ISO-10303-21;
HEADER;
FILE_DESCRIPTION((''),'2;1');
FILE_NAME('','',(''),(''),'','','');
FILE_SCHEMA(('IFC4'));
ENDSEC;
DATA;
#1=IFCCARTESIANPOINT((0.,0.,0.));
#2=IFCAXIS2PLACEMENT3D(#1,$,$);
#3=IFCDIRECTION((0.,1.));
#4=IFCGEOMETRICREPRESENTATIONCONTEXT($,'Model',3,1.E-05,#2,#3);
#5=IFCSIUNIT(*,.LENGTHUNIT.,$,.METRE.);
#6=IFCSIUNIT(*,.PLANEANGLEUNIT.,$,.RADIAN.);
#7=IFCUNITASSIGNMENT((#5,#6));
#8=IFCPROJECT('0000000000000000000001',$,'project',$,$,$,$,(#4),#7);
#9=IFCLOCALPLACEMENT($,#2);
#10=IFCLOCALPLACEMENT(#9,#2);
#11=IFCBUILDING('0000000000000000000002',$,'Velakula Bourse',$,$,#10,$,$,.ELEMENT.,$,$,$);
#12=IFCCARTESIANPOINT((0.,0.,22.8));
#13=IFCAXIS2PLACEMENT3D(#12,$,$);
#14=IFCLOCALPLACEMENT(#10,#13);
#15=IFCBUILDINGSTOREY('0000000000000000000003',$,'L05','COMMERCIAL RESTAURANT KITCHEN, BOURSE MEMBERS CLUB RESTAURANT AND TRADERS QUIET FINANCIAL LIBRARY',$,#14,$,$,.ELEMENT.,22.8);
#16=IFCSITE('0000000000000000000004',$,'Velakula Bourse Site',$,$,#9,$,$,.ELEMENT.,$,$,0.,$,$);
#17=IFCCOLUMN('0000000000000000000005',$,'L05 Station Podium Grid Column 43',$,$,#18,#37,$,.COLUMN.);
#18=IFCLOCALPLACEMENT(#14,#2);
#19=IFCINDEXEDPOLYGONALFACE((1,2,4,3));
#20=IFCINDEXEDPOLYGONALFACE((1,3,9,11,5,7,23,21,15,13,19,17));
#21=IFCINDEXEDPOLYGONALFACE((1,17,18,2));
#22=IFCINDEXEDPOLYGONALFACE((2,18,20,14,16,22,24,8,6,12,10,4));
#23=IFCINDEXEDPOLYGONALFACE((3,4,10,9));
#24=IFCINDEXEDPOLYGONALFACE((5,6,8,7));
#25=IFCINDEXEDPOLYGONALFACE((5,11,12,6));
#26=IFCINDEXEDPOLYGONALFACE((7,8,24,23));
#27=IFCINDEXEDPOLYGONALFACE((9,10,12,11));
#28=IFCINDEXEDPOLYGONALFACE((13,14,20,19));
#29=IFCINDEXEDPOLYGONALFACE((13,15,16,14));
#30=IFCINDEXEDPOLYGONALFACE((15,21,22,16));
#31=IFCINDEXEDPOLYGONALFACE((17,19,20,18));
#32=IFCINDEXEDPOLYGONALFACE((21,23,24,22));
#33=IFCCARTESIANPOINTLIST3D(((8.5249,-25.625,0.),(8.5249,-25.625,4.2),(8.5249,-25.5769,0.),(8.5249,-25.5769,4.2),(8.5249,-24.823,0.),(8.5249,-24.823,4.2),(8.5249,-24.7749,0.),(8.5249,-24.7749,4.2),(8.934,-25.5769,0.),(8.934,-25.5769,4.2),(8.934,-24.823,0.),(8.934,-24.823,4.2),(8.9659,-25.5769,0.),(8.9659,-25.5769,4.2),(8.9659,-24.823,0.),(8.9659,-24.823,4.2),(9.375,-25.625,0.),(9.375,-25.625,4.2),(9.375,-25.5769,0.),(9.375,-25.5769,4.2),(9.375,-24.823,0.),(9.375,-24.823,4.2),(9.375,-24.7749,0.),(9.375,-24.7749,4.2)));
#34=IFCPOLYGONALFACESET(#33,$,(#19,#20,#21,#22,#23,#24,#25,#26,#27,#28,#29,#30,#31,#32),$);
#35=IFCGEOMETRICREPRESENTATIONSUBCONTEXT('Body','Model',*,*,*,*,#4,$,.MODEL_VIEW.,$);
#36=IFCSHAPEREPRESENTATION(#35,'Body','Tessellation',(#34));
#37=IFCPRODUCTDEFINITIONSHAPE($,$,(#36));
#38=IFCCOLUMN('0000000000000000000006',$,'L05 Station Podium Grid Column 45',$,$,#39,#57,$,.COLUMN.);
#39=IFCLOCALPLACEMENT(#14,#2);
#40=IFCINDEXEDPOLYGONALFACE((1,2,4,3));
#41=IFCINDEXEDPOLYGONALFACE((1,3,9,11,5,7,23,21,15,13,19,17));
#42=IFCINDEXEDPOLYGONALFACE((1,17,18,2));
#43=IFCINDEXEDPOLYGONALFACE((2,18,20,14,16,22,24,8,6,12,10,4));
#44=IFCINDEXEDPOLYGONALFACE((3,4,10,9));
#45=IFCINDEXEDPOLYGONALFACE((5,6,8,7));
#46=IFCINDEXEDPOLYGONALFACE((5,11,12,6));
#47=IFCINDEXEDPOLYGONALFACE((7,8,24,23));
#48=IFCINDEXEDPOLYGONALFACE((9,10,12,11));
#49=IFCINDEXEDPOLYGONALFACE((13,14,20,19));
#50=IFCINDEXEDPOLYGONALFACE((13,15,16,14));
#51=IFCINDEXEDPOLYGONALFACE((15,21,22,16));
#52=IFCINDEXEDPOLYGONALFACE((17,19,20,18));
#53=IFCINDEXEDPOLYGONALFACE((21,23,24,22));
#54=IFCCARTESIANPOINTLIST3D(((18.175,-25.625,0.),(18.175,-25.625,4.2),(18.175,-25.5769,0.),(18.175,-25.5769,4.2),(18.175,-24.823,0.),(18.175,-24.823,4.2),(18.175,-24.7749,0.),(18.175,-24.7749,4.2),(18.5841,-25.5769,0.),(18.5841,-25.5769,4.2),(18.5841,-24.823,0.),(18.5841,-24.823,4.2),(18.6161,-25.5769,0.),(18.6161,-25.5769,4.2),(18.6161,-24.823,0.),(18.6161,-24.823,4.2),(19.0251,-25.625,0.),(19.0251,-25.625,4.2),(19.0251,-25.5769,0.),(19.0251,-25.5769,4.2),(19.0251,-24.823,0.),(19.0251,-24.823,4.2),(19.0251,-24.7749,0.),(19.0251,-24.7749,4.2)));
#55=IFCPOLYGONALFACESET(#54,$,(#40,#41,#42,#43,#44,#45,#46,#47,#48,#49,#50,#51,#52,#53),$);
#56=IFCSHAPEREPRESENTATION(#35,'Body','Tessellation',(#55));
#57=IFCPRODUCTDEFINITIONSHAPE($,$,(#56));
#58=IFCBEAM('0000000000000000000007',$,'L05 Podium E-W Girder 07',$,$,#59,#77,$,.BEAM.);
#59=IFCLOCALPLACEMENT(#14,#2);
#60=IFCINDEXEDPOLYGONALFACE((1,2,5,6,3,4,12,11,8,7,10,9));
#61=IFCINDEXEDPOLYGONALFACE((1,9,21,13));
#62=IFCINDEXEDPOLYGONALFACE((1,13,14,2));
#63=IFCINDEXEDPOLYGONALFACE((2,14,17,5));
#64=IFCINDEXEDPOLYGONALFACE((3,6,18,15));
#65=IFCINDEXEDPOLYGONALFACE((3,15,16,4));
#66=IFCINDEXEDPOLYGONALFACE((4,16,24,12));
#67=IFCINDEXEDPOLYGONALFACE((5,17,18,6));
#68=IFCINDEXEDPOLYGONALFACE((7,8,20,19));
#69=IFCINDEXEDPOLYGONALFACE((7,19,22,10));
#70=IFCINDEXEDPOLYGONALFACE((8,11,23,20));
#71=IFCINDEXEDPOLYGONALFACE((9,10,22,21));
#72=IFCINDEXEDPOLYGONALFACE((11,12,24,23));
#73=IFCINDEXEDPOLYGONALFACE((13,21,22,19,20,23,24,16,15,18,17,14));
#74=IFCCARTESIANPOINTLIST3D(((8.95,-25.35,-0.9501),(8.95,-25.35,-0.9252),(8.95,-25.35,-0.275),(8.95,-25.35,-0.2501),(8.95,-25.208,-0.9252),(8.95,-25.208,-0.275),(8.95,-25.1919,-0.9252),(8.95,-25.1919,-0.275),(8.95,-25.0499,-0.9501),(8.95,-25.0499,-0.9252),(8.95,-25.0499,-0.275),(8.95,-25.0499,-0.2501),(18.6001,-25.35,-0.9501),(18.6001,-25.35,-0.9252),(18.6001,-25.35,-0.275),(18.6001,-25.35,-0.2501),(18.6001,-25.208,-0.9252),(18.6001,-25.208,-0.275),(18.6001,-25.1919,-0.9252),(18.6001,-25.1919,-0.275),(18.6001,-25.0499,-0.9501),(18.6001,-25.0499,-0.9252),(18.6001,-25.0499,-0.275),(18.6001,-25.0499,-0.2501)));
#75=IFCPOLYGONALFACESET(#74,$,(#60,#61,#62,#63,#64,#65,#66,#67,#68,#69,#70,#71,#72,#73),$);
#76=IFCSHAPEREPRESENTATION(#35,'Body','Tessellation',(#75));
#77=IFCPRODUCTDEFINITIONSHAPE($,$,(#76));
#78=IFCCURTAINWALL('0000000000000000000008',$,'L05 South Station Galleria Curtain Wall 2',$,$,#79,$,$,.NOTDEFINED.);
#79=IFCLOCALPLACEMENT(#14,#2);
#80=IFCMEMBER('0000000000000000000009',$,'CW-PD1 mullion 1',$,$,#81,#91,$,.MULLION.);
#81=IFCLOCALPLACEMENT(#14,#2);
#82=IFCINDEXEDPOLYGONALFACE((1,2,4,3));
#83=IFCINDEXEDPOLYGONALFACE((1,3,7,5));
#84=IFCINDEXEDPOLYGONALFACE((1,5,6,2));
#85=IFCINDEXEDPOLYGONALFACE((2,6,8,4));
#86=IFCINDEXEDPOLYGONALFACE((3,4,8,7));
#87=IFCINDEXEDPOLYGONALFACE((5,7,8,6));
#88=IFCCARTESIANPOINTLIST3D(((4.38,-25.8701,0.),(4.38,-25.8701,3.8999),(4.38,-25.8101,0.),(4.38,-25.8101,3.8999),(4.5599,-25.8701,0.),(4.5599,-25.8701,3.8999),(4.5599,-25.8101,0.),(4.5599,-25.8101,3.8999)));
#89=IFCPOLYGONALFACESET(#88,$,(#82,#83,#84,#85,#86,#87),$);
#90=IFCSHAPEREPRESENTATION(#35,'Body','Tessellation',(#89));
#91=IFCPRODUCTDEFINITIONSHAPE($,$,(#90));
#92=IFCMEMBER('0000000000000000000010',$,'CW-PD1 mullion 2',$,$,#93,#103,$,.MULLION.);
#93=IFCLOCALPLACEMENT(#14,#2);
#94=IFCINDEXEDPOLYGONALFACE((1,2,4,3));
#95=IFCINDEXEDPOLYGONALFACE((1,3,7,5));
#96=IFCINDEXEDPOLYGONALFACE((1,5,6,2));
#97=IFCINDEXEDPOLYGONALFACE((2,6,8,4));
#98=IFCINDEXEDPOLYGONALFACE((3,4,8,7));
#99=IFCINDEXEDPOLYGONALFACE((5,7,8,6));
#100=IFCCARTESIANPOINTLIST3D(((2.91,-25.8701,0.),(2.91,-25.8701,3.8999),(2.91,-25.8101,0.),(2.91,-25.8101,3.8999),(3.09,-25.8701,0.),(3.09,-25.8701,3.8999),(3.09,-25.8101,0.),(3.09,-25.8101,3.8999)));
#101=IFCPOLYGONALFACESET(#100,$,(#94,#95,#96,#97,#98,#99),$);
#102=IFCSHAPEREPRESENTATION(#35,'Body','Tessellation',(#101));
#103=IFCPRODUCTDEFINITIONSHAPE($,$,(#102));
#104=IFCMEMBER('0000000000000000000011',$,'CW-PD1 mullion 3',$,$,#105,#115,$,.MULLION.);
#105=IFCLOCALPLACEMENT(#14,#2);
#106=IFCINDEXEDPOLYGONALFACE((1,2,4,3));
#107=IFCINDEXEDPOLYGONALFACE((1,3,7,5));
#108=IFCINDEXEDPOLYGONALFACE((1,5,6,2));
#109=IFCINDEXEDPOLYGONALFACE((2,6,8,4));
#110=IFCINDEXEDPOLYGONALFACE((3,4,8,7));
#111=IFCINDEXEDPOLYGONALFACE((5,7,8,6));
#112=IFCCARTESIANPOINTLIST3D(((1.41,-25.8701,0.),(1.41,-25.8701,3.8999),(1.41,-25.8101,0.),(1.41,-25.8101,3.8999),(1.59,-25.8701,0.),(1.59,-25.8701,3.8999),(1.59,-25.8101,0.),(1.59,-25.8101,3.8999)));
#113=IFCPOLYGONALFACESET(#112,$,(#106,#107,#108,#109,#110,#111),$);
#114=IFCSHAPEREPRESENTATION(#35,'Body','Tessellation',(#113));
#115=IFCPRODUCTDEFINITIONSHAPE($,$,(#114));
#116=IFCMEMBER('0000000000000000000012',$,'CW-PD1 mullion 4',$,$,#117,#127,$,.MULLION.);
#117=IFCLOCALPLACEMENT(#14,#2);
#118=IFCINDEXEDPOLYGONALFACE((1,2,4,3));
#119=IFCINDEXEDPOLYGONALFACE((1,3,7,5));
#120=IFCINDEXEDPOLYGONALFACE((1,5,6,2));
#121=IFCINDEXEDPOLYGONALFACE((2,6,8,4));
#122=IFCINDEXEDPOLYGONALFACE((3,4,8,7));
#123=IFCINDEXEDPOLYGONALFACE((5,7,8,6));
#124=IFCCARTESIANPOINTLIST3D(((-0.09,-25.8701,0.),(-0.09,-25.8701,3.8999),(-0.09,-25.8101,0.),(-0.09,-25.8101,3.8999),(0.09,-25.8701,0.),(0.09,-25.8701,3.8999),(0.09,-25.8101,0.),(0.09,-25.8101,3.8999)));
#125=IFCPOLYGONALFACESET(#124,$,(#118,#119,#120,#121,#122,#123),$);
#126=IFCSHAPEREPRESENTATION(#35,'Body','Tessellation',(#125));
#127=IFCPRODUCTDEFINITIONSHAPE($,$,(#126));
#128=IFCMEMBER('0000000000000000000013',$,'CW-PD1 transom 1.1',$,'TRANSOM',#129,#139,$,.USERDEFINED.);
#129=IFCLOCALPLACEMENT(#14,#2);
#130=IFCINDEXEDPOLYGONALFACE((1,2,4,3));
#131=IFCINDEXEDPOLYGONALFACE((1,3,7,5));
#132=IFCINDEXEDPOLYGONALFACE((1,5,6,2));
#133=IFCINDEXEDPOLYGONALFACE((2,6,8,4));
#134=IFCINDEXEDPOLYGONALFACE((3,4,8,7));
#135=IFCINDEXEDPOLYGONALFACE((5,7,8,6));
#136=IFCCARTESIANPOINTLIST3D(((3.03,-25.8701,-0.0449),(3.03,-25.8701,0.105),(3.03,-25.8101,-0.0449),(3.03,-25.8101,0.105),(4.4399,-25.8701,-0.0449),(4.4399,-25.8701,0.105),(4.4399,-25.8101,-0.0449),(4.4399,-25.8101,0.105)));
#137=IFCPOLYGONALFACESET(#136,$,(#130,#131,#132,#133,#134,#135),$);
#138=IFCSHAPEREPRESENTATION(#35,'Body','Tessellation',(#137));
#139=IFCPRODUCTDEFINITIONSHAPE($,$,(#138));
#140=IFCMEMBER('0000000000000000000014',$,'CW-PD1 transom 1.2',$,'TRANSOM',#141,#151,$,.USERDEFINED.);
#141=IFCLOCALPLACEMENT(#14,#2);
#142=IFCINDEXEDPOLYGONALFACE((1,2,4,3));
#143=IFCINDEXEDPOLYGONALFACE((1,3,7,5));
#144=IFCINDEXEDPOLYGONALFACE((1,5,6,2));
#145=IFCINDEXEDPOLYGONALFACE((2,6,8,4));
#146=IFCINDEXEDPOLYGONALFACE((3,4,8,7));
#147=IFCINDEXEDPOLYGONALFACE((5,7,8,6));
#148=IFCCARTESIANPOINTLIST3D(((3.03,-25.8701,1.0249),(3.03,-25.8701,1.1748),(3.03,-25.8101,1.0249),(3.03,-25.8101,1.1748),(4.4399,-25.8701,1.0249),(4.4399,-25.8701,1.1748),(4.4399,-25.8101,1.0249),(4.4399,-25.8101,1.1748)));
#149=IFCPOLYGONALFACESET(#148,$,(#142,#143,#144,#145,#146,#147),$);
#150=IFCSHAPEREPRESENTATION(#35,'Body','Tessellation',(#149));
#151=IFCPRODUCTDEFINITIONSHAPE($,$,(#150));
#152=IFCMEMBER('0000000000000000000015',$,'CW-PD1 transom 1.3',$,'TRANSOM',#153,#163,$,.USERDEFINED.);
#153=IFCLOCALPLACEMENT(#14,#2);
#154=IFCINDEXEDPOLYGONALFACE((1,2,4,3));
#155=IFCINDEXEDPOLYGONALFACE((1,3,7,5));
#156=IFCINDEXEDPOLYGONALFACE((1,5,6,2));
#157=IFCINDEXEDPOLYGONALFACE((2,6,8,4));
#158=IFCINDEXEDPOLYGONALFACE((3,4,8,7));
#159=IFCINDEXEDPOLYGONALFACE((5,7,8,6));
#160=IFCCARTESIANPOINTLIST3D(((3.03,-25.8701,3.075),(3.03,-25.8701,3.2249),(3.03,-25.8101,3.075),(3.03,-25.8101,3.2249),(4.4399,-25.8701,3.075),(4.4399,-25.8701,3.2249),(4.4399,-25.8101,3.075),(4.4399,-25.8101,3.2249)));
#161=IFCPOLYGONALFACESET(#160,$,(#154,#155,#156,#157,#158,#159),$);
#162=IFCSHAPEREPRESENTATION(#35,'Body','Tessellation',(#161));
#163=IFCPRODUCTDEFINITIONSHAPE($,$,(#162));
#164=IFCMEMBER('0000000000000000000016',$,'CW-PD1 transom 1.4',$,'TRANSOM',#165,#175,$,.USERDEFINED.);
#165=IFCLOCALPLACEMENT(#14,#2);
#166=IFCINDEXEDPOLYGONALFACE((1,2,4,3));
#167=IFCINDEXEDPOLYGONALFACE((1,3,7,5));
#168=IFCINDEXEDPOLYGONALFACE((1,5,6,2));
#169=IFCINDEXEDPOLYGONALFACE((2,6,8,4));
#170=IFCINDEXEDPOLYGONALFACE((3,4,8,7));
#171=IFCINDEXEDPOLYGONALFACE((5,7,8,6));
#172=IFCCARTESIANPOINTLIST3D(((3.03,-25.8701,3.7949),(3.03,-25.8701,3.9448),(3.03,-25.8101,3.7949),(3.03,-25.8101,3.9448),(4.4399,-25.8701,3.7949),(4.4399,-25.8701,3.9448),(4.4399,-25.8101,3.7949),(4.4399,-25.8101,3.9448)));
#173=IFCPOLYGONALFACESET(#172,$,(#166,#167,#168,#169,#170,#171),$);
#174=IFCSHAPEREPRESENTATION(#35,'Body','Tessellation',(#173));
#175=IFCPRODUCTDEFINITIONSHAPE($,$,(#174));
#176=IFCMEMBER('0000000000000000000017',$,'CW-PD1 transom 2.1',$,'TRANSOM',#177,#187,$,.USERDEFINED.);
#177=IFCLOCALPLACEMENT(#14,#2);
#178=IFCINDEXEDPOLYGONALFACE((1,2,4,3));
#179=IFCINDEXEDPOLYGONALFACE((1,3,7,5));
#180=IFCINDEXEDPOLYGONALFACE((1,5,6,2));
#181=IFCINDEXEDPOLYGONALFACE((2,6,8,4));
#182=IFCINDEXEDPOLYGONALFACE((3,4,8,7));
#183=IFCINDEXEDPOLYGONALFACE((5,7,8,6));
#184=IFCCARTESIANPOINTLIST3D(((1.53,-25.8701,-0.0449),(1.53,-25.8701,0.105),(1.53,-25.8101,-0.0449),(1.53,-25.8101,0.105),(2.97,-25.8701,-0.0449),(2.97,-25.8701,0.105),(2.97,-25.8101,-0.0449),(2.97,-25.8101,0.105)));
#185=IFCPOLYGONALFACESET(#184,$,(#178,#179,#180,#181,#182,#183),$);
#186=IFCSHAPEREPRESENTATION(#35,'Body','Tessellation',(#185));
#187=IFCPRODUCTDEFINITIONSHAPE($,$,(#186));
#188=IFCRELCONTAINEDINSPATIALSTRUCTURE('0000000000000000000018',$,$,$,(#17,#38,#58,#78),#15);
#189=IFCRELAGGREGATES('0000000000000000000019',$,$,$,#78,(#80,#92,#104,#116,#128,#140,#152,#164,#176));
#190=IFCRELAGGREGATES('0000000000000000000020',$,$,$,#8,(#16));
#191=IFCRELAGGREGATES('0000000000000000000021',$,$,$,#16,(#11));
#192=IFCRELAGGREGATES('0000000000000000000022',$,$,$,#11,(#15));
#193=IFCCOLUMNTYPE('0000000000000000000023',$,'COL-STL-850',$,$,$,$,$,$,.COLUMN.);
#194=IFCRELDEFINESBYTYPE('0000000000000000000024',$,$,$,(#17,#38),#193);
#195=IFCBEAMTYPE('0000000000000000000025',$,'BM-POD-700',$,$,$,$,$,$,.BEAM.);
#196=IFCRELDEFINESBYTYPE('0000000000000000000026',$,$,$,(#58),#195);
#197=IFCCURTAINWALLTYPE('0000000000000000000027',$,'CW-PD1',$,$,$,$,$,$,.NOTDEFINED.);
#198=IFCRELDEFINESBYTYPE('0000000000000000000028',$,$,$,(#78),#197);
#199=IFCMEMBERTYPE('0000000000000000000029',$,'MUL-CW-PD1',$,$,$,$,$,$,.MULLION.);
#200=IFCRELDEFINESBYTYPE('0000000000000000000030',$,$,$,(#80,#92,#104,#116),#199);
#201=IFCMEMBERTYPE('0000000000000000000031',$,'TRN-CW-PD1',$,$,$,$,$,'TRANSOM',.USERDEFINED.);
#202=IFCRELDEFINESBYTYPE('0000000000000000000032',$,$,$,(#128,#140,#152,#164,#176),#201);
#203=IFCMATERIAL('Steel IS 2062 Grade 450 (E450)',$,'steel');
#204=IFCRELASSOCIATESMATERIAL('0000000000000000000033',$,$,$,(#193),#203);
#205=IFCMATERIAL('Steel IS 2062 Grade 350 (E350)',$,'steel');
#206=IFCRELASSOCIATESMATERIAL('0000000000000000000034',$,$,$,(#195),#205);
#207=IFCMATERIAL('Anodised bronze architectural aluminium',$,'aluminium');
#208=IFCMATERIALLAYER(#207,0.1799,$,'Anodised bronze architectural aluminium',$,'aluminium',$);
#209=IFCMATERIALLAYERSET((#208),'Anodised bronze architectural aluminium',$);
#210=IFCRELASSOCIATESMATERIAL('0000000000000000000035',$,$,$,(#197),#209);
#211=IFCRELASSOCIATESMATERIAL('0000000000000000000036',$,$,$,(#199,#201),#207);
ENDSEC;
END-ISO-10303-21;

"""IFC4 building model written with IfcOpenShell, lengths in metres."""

from ifc_helpers import new_model, si_unit, direction, frame, origin, origin_2d, place, context, subcontext, project, spatial, rectangle, i_section, extrude, material, layer, layer_set, material_profile, profile_set, type_object, element, aggregate, save


model = new_model("IFC4")

# Units and contexts
model_context = context("Model", 3, precision=1e-05, world=origin(), true_north=direction((0.0, 1.0)))
body_context = subcontext(model_context, "Body", "Model", "MODEL_VIEW")
ifc_project = project(units=[si_unit("LENGTHUNIT", "METRE"), si_unit("PLANEANGLEUNIT", "RADIAN")], contexts=[model_context])

# Site, building, storey
site_placement = place(None, origin())
site = spatial("IfcSite", under=ifc_project, at=site_placement, Name="Velakula Bourse Site", CompositionType="ELEMENT", RefElevation=0.0)
building_placement = place(site_placement, origin())
building = spatial("IfcBuilding", under=site, at=building_placement, Name="Velakula Bourse", CompositionType="ELEMENT")
storey_placement = place(building_placement, frame((0.0, 0.0, 22.8)))
storey = spatial("IfcBuildingStorey", under=building, at=storey_placement, Name="L05", Description="COMMERCIAL RESTAURANT KITCHEN, BOURSE MEMBERS CLUB RESTAURANT AND TRADERS QUIET FINANCIAL LIBRARY", CompositionType="ELEMENT", Elevation=22.8)

# Columns
ifc_material_1 = material(Name="Steel IS 2062 Grade 450 (E450)", Category="steel")
ifc_material_profile_1 = material_profile(ifc_material_1, i_section(OverallWidth=0.8501, OverallDepth=0.8501, WebThickness=0.032, FlangeThickness=0.0481, at=origin_2d()), Name="Steel IS 2062 Grade 450 (E450)")
ifc_profile_set_1 = profile_set([ifc_material_profile_1], Name="Steel IS 2062 Grade 450 (E450)")
column_type = type_object("IfcColumnType", Name="COL-STL-850", PredefinedType="COLUMN", material=ifc_profile_set_1)
for number, where, z_axis, x_axis, name in (
    (1, (8.95, -25.2, 0.0), (0.0, 0.0, 1.0), (1.0, 0.0, 0.0), "L05 Station Podium Grid Column 43"),
    (2, (18.6001, -25.2, 0.0), (0.0, 0.0, 1.0), (1.0, 0.0, 0.0), "L05 Station Podium Grid Column 45"),
):
    element("IfcColumn", number, at=place(storey_placement, frame(where, z_axis=z_axis, x_axis=x_axis)), inside=storey, type_object=column_type, Name=name, PredefinedType="COLUMN", context=body_context, shape_type="SweptSolid", body=[
        extrude(i_section(OverallWidth=0.8501, OverallDepth=0.8501, WebThickness=0.032, FlangeThickness=0.0481, at=origin_2d()), origin(), (0.0, 0.0, 1.0), 4.2),
    ])

# Beam
ifc_material_2 = material(Name="Steel IS 2062 Grade 350 (E350)", Category="steel")
ifc_material_profile_2 = material_profile(ifc_material_2, i_section(OverallWidth=0.3, OverallDepth=0.7, WebThickness=0.0161, FlangeThickness=0.0249, at=origin_2d()), Name="Steel IS 2062 Grade 350 (E350)")
ifc_profile_set_2 = profile_set([ifc_material_profile_2], Name="Steel IS 2062 Grade 350 (E350)")
beam_type = type_object("IfcBeamType", Name="BM-POD-700", PredefinedType="BEAM", material=ifc_profile_set_2)
beam_placement = place(storey_placement, frame((8.95, -25.2, -0.6001), z_axis=(1.0, 0.0, 0.0), x_axis=(0.0, 1.0, 0.0)))
element("IfcBeam", 3, at=beam_placement, inside=storey, type_object=beam_type, Name="L05 Podium E-W Girder 07", PredefinedType="BEAM", context=body_context, shape_type="SweptSolid", body=[
    extrude(i_section(OverallWidth=0.3, OverallDepth=0.7, WebThickness=0.0161, FlangeThickness=0.0249, at=origin_2d()), origin(), (0.0, 0.0, 1.0), 9.6501),
])

# Curtain wall, members
ifc_material_3 = material(Name="Anodised bronze architectural aluminium", Category="aluminium")
ifc_layer_1 = layer(ifc_material_3, 0.1799, Name="Anodised bronze architectural aluminium", Category="aluminium")
ifc_layer_set_1 = layer_set([ifc_layer_1], Name="Anodised bronze architectural aluminium")
curtain_wall_type = type_object("IfcCurtainWallType", Name="CW-PD1", PredefinedType="NOTDEFINED", material=ifc_layer_set_1)
curtain_wall_placement = place(storey_placement, origin())
curtain_wall = element("IfcCurtainWall", 4, at=curtain_wall_placement, inside=storey, type_object=curtain_wall_type, Name="L05 South Station Galleria Curtain Wall 2", PredefinedType="NOTDEFINED")
ifc_material_profile_3 = material_profile(ifc_material_3, rectangle(XDim=0.0601, YDim=0.1799, at=origin_2d()), Name="Anodised bronze architectural aluminium")
ifc_profile_set_3 = profile_set([ifc_material_profile_3], Name="Anodised bronze architectural aluminium")
member_type_1 = type_object("IfcMemberType", Name="MUL-CW-PD1", PredefinedType="MULLION", material=ifc_profile_set_3)
member_1_placement = place(storey_placement, frame((4.47, -25.8401, 0.0), z_axis=(0.0, 0.0, 1.0), x_axis=(0.0, -1.0, 0.0)))
member_1 = element("IfcMember", 5, at=member_1_placement, type_object=member_type_1, Name="CW-PD1 mullion 1", PredefinedType="MULLION", context=body_context, shape_type="SweptSolid", body=[
    extrude(rectangle(XDim=0.0601, YDim=0.1799, at=origin_2d()), origin(), (0.0, 0.0, 1.0), 3.8999),
])
member_2_placement = place(storey_placement, frame((3.0, -25.8401, 0.0), z_axis=(0.0, 0.0, 1.0), x_axis=(0.0, -1.0, 0.0)))
member_2 = element("IfcMember", 6, at=member_2_placement, type_object=member_type_1, Name="CW-PD1 mullion 2", PredefinedType="MULLION", context=body_context, shape_type="SweptSolid", body=[
    extrude(rectangle(XDim=0.0601, YDim=0.1799, at=origin_2d()), origin(), (0.0, 0.0, 1.0), 3.8999),
])
member_3_placement = place(storey_placement, frame((1.5, -25.8401, 0.0), z_axis=(0.0, 0.0, 1.0), x_axis=(0.0, -1.0, 0.0)))
member_3 = element("IfcMember", 7, at=member_3_placement, type_object=member_type_1, Name="CW-PD1 mullion 3", PredefinedType="MULLION", context=body_context, shape_type="SweptSolid", body=[
    extrude(rectangle(XDim=0.0601, YDim=0.1799, at=origin_2d()), origin(), (0.0, 0.0, 1.0), 3.8999),
])
member_4_placement = place(storey_placement, frame((0.0, -25.8401, 0.0), z_axis=(0.0, 0.0, 1.0), x_axis=(0.0, -1.0, 0.0)))
member_4 = element("IfcMember", 8, at=member_4_placement, type_object=member_type_1, Name="CW-PD1 mullion 4", PredefinedType="MULLION", context=body_context, shape_type="SweptSolid", body=[
    extrude(rectangle(XDim=0.0601, YDim=0.1799, at=origin_2d()), origin(), (0.0, 0.0, 1.0), 3.8999),
])
ifc_material_profile_4 = material_profile(ifc_material_3, rectangle(XDim=0.0601, YDim=0.1499, at=origin_2d()), Name="Anodised bronze architectural aluminium")
ifc_profile_set_4 = profile_set([ifc_material_profile_4], Name="Anodised bronze architectural aluminium")
member_type_2 = type_object("IfcMemberType", Name="TRN-CW-PD1", ElementType="TRANSOM", PredefinedType="USERDEFINED", material=ifc_profile_set_4)
member_5_placement = place(storey_placement, frame((4.4399, -25.8401, 0.03), z_axis=(-1.0, 0.0, 0.0), x_axis=(0.0, -1.0, 0.0)))
member_5 = element("IfcMember", 9, at=member_5_placement, type_object=member_type_2, Name="CW-PD1 transom 1.1", ObjectType="TRANSOM", PredefinedType="USERDEFINED", context=body_context, shape_type="SweptSolid", body=[
    extrude(rectangle(XDim=0.0601, YDim=0.1499, at=origin_2d()), origin(), (0.0, 0.0, 1.0), 1.4099),
])
member_6_placement = place(storey_placement, frame((4.4399, -25.8401, 1.0999), z_axis=(-1.0, 0.0, 0.0), x_axis=(0.0, -1.0, 0.0)))
member_6 = element("IfcMember", 10, at=member_6_placement, type_object=member_type_2, Name="CW-PD1 transom 1.2", ObjectType="TRANSOM", PredefinedType="USERDEFINED", context=body_context, shape_type="SweptSolid", body=[
    extrude(rectangle(XDim=0.0601, YDim=0.1499, at=origin_2d()), origin(), (0.0, 0.0, 1.0), 1.4099),
])
member_7_placement = place(storey_placement, frame((4.4399, -25.8401, 3.1499), z_axis=(-1.0, 0.0, 0.0), x_axis=(0.0, -1.0, 0.0)))
member_7 = element("IfcMember", 11, at=member_7_placement, type_object=member_type_2, Name="CW-PD1 transom 1.3", ObjectType="TRANSOM", PredefinedType="USERDEFINED", context=body_context, shape_type="SweptSolid", body=[
    extrude(rectangle(XDim=0.0601, YDim=0.1499, at=origin_2d()), origin(), (0.0, 0.0, 1.0), 1.4099),
])
member_8_placement = place(storey_placement, frame((4.4399, -25.8401, 3.8699), z_axis=(-1.0, 0.0, 0.0), x_axis=(0.0, -1.0, 0.0)))
member_8 = element("IfcMember", 12, at=member_8_placement, type_object=member_type_2, Name="CW-PD1 transom 1.4", ObjectType="TRANSOM", PredefinedType="USERDEFINED", context=body_context, shape_type="SweptSolid", body=[
    extrude(rectangle(XDim=0.0601, YDim=0.1499, at=origin_2d()), origin(), (0.0, 0.0, 1.0), 1.4099),
])
member_9_placement = place(storey_placement, frame((2.97, -25.8401, 0.03), z_axis=(-1.0, 0.0, 0.0), x_axis=(0.0, -1.0, 0.0)))
member_9 = element("IfcMember", 13, at=member_9_placement, type_object=member_type_2, Name="CW-PD1 transom 2.1", ObjectType="TRANSOM", PredefinedType="USERDEFINED", context=body_context, shape_type="SweptSolid", body=[
    extrude(rectangle(XDim=0.0601, YDim=0.1499, at=origin_2d()), origin(), (0.0, 0.0, 1.0), 1.4399),
])
aggregate(curtain_wall, [member_1, member_2, member_3, member_4, member_5, member_6, member_7, member_8, member_9])

save(model, "model.ifc")
